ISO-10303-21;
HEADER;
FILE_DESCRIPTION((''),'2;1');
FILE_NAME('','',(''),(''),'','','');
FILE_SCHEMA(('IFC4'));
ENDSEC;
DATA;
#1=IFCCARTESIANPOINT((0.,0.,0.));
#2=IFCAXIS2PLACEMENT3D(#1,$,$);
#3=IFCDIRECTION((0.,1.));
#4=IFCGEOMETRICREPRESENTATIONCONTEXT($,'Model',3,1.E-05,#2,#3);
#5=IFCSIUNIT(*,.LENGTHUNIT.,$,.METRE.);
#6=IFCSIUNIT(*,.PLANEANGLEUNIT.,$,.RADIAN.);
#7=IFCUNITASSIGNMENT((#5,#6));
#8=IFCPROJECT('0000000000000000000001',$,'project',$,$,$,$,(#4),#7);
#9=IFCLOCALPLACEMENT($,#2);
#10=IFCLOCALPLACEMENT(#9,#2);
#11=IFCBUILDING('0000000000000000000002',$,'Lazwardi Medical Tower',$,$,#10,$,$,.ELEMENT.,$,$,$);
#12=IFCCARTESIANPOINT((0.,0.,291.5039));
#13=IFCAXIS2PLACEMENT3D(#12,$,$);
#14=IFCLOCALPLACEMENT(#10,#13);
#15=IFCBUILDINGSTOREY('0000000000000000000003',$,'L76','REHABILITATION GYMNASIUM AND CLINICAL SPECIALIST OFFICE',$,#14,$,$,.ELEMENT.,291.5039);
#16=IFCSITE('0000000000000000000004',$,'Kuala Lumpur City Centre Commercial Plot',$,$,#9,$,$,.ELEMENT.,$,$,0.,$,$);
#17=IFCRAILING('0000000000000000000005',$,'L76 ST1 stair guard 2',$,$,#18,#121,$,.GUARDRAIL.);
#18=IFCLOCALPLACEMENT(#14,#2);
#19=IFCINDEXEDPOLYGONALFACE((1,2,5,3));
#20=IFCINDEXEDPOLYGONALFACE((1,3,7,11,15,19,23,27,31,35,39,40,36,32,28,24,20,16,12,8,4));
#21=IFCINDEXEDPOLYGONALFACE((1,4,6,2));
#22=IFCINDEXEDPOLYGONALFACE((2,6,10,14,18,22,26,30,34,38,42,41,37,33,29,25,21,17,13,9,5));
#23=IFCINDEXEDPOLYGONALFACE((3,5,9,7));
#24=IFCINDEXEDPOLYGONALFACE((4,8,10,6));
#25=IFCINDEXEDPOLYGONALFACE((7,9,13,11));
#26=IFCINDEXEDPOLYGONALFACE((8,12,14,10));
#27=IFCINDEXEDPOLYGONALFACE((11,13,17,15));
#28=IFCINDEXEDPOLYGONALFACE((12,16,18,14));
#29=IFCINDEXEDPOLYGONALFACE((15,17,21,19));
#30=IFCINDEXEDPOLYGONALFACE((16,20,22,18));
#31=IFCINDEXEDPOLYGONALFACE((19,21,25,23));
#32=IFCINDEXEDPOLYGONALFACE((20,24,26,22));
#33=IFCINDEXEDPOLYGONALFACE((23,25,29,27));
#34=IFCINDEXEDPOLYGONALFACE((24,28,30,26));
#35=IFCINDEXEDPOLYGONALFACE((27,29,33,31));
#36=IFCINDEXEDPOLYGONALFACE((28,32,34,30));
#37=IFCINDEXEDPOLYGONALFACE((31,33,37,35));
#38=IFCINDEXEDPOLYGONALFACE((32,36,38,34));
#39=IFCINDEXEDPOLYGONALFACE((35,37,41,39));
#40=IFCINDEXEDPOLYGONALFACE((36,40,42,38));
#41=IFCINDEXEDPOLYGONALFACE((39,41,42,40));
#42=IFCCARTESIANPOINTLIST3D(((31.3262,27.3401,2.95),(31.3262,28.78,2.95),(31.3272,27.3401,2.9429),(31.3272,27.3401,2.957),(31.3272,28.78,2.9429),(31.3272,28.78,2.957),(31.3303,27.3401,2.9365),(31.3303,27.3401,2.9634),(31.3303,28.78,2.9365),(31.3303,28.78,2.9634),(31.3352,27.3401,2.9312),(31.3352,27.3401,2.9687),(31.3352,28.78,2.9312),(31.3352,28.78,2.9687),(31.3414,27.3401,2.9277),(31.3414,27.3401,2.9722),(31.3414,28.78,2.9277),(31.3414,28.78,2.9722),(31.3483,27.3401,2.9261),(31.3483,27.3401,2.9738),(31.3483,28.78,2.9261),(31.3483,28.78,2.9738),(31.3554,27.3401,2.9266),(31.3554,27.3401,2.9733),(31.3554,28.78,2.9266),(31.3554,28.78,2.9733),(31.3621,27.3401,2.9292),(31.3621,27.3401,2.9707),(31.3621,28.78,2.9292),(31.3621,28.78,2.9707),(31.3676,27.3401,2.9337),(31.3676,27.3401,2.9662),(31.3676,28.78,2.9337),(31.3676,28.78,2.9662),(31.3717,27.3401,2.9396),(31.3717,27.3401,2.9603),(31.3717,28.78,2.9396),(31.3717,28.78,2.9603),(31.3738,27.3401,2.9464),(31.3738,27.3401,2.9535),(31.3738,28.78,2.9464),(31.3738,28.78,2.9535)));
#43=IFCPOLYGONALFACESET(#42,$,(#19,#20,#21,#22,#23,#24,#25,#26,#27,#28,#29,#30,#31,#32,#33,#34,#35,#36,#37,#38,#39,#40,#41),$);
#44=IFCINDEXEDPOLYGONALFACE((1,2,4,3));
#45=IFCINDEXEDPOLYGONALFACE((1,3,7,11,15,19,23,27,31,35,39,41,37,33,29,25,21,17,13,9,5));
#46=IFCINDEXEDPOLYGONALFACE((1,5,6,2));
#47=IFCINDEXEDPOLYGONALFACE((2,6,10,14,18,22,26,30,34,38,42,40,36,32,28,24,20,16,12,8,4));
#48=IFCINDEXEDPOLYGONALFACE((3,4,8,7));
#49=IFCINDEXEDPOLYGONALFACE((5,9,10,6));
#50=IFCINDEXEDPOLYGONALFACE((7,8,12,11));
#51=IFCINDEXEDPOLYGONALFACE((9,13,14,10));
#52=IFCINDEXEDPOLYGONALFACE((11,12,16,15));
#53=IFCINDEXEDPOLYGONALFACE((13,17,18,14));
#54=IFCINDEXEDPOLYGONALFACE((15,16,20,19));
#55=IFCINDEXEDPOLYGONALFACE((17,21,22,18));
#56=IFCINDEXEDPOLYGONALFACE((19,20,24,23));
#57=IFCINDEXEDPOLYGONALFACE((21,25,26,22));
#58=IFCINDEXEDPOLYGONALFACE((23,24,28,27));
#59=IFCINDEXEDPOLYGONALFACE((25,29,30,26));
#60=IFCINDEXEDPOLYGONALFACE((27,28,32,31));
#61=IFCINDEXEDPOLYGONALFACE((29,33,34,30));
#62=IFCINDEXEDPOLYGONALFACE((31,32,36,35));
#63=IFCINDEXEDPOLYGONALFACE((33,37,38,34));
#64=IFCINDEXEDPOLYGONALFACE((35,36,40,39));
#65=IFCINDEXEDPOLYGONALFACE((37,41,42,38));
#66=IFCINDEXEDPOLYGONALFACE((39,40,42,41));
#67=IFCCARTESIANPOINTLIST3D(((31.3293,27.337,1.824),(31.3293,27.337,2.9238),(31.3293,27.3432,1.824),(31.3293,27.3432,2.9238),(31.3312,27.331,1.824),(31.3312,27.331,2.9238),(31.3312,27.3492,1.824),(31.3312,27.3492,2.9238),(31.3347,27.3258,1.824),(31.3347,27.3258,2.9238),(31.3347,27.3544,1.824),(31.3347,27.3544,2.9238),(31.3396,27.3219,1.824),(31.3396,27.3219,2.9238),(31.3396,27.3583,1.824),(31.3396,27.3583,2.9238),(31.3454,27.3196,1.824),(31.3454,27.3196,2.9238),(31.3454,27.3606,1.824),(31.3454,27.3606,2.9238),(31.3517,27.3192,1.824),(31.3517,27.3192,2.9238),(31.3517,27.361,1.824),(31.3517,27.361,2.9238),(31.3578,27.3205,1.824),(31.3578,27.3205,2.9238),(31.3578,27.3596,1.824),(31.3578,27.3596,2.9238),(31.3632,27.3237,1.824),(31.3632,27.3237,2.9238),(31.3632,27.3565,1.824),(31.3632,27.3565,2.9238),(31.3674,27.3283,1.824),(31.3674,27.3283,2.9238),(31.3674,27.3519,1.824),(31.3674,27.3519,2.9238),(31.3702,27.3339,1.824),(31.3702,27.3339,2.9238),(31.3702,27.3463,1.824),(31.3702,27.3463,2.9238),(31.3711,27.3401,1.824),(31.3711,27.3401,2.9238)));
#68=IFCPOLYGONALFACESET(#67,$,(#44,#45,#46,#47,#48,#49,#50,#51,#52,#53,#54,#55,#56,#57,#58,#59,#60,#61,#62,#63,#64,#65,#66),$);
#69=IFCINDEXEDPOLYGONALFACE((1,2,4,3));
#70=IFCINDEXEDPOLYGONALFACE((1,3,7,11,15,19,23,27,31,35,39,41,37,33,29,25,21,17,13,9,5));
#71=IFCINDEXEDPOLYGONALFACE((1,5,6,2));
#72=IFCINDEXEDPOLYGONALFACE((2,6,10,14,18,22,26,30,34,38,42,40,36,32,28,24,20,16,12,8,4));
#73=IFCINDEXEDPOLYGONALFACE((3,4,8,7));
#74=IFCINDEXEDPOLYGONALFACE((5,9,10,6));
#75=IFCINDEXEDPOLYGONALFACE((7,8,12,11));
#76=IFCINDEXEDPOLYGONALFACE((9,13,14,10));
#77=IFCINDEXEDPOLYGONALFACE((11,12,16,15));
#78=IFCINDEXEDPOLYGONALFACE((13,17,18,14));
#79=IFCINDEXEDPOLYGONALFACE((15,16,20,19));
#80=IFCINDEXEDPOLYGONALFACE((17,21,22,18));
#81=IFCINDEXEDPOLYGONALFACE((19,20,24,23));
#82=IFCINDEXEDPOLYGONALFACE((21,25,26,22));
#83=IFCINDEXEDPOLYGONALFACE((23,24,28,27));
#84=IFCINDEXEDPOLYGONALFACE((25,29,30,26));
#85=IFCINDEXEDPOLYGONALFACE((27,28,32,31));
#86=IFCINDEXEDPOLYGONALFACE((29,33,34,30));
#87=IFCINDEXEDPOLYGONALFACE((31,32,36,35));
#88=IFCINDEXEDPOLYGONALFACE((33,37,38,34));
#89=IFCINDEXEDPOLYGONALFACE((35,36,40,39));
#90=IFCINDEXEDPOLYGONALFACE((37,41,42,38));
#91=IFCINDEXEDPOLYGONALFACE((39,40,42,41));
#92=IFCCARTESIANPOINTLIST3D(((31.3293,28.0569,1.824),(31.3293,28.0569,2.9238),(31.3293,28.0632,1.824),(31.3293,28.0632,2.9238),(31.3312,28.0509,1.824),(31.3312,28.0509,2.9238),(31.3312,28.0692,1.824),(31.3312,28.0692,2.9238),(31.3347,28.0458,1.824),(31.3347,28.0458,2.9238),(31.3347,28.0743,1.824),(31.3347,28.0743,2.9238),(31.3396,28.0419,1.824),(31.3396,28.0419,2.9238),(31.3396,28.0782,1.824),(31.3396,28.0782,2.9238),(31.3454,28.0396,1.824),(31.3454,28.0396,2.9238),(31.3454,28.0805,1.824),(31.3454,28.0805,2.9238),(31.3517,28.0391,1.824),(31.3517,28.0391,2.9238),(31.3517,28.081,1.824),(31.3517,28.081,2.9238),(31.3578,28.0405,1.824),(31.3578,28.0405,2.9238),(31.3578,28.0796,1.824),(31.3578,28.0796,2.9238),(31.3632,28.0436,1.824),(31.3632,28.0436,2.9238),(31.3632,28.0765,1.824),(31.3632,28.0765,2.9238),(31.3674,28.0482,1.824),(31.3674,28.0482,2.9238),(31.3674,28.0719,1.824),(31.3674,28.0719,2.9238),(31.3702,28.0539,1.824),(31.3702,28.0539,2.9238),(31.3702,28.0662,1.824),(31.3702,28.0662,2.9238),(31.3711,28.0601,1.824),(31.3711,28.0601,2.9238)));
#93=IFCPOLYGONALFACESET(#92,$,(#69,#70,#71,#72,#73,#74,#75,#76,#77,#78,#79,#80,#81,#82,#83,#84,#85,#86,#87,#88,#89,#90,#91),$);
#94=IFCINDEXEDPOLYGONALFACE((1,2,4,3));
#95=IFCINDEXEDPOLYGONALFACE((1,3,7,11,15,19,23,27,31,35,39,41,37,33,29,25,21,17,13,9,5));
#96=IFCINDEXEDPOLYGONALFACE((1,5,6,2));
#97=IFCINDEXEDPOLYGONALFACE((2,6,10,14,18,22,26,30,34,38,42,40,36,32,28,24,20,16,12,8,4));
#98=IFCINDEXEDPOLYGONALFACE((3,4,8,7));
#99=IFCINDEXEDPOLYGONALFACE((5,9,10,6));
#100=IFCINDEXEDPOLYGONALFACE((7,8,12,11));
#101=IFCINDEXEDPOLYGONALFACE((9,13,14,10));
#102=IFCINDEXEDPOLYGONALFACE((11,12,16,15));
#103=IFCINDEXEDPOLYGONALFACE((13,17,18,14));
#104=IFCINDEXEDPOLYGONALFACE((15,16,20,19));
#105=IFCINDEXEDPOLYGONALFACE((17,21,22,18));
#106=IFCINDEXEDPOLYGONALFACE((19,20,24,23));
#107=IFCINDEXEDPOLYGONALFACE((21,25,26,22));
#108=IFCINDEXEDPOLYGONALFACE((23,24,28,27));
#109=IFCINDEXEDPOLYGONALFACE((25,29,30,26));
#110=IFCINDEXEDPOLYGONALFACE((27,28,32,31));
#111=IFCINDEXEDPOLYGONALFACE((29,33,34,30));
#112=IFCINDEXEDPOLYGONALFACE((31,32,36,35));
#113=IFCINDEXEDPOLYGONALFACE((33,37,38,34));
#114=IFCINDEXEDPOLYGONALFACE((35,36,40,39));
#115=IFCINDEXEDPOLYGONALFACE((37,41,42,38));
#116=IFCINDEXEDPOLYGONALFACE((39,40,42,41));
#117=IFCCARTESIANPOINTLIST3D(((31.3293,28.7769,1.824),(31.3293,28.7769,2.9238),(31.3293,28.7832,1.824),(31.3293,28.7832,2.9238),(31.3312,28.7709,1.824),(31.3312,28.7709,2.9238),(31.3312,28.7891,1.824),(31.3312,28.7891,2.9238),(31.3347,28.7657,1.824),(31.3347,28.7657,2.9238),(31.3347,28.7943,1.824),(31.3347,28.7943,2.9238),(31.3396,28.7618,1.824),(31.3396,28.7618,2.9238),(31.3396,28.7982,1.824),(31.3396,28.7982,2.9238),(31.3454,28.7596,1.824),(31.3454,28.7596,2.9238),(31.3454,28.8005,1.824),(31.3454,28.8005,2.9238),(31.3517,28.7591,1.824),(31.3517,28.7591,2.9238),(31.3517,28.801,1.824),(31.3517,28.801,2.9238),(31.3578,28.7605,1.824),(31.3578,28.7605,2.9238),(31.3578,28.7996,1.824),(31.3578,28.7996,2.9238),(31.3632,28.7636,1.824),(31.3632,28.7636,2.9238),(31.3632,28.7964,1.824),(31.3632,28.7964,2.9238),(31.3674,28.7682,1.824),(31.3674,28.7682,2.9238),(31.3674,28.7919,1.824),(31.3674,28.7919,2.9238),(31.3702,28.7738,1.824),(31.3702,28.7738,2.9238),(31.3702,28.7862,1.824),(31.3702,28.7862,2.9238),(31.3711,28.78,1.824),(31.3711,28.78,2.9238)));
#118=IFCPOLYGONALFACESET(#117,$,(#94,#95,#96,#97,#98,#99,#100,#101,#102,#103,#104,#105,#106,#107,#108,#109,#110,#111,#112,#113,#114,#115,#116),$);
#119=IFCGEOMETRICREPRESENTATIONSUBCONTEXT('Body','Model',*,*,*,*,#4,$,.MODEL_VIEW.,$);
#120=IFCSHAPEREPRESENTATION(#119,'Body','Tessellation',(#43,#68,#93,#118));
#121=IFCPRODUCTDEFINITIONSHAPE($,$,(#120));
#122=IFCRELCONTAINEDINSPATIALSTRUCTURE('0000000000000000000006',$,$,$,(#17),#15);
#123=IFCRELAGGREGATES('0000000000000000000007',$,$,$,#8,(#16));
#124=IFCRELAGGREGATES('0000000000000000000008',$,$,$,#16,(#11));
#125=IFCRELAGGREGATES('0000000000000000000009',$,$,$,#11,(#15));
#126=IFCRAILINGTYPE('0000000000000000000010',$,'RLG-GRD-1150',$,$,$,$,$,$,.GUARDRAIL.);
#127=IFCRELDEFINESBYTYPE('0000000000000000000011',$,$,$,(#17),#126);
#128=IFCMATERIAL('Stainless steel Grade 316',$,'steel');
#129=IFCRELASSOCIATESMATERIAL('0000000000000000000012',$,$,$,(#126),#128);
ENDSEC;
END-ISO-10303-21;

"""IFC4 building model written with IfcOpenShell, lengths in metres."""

from ifc_helpers import new_model, si_unit, direction, frame, origin, origin_2d, place, context, subcontext, project, spatial, circle, extrude, material, type_object, element, save


model = new_model("IFC4")

# Units and contexts
model_context = context("Model", 3, precision=1e-05, world=origin(), true_north=direction((0.0, 1.0)))
body_context = subcontext(model_context, "Body", "Model", "MODEL_VIEW")
ifc_project = project(units=[si_unit("LENGTHUNIT", "METRE"), si_unit("PLANEANGLEUNIT", "RADIAN")], contexts=[model_context])

# Site, building, storey
site_placement = place(None, origin())
site = spatial("IfcSite", under=ifc_project, at=site_placement, Name="Kuala Lumpur City Centre Commercial Plot", CompositionType="ELEMENT", RefElevation=0.0)
building_placement = place(site_placement, origin())
building = spatial("IfcBuilding", under=site, at=building_placement, Name="Lazwardi Medical Tower", CompositionType="ELEMENT")
storey_placement = place(building_placement, frame((0.0, 0.0, 291.5039)))
storey = spatial("IfcBuildingStorey", under=building, at=storey_placement, Name="L76", Description="REHABILITATION GYMNASIUM AND CLINICAL SPECIALIST OFFICE", CompositionType="ELEMENT", Elevation=291.5039)

# Railing
ifc_material_1 = material(Name="Stainless steel Grade 316", Category="steel")
railing_type_1 = type_object("IfcRailingType", Name="RLG-GRD-1150", PredefinedType="GUARDRAIL", material=ifc_material_1)
railing_1_placement = place(storey_placement, frame((31.3501, 27.3401, 1.824)))
element("IfcRailing", 1, at=railing_1_placement, inside=storey, type_object=railing_type_1, Name="L76 ST1 stair guard 2", PredefinedType="GUARDRAIL", context=body_context, shape_type="SweptSolid", body=[
    extrude(circle(Radius=0.0239, at=origin_2d()), frame((0.0, 0.0, 1.126), z_axis=(0.0, 1.0, 0.0), x_axis=(-1.0, 0.0, 0.0)), (0.0, 0.0, 1.0), 1.4399),
    extrude(circle(Radius=0.021, at=origin_2d()), origin(), (0.0, 0.0, 1.0), 1.0999),
    extrude(circle(Radius=0.021, at=origin_2d()), frame((0.0, 0.72, 0.0)), (0.0, 0.0, 1.0), 1.0999),
    extrude(circle(Radius=0.021, at=origin_2d()), frame((0.0, 1.4399, 0.0)), (0.0, 0.0, 1.0), 1.0999),
])

save(model, "model.ifc")
